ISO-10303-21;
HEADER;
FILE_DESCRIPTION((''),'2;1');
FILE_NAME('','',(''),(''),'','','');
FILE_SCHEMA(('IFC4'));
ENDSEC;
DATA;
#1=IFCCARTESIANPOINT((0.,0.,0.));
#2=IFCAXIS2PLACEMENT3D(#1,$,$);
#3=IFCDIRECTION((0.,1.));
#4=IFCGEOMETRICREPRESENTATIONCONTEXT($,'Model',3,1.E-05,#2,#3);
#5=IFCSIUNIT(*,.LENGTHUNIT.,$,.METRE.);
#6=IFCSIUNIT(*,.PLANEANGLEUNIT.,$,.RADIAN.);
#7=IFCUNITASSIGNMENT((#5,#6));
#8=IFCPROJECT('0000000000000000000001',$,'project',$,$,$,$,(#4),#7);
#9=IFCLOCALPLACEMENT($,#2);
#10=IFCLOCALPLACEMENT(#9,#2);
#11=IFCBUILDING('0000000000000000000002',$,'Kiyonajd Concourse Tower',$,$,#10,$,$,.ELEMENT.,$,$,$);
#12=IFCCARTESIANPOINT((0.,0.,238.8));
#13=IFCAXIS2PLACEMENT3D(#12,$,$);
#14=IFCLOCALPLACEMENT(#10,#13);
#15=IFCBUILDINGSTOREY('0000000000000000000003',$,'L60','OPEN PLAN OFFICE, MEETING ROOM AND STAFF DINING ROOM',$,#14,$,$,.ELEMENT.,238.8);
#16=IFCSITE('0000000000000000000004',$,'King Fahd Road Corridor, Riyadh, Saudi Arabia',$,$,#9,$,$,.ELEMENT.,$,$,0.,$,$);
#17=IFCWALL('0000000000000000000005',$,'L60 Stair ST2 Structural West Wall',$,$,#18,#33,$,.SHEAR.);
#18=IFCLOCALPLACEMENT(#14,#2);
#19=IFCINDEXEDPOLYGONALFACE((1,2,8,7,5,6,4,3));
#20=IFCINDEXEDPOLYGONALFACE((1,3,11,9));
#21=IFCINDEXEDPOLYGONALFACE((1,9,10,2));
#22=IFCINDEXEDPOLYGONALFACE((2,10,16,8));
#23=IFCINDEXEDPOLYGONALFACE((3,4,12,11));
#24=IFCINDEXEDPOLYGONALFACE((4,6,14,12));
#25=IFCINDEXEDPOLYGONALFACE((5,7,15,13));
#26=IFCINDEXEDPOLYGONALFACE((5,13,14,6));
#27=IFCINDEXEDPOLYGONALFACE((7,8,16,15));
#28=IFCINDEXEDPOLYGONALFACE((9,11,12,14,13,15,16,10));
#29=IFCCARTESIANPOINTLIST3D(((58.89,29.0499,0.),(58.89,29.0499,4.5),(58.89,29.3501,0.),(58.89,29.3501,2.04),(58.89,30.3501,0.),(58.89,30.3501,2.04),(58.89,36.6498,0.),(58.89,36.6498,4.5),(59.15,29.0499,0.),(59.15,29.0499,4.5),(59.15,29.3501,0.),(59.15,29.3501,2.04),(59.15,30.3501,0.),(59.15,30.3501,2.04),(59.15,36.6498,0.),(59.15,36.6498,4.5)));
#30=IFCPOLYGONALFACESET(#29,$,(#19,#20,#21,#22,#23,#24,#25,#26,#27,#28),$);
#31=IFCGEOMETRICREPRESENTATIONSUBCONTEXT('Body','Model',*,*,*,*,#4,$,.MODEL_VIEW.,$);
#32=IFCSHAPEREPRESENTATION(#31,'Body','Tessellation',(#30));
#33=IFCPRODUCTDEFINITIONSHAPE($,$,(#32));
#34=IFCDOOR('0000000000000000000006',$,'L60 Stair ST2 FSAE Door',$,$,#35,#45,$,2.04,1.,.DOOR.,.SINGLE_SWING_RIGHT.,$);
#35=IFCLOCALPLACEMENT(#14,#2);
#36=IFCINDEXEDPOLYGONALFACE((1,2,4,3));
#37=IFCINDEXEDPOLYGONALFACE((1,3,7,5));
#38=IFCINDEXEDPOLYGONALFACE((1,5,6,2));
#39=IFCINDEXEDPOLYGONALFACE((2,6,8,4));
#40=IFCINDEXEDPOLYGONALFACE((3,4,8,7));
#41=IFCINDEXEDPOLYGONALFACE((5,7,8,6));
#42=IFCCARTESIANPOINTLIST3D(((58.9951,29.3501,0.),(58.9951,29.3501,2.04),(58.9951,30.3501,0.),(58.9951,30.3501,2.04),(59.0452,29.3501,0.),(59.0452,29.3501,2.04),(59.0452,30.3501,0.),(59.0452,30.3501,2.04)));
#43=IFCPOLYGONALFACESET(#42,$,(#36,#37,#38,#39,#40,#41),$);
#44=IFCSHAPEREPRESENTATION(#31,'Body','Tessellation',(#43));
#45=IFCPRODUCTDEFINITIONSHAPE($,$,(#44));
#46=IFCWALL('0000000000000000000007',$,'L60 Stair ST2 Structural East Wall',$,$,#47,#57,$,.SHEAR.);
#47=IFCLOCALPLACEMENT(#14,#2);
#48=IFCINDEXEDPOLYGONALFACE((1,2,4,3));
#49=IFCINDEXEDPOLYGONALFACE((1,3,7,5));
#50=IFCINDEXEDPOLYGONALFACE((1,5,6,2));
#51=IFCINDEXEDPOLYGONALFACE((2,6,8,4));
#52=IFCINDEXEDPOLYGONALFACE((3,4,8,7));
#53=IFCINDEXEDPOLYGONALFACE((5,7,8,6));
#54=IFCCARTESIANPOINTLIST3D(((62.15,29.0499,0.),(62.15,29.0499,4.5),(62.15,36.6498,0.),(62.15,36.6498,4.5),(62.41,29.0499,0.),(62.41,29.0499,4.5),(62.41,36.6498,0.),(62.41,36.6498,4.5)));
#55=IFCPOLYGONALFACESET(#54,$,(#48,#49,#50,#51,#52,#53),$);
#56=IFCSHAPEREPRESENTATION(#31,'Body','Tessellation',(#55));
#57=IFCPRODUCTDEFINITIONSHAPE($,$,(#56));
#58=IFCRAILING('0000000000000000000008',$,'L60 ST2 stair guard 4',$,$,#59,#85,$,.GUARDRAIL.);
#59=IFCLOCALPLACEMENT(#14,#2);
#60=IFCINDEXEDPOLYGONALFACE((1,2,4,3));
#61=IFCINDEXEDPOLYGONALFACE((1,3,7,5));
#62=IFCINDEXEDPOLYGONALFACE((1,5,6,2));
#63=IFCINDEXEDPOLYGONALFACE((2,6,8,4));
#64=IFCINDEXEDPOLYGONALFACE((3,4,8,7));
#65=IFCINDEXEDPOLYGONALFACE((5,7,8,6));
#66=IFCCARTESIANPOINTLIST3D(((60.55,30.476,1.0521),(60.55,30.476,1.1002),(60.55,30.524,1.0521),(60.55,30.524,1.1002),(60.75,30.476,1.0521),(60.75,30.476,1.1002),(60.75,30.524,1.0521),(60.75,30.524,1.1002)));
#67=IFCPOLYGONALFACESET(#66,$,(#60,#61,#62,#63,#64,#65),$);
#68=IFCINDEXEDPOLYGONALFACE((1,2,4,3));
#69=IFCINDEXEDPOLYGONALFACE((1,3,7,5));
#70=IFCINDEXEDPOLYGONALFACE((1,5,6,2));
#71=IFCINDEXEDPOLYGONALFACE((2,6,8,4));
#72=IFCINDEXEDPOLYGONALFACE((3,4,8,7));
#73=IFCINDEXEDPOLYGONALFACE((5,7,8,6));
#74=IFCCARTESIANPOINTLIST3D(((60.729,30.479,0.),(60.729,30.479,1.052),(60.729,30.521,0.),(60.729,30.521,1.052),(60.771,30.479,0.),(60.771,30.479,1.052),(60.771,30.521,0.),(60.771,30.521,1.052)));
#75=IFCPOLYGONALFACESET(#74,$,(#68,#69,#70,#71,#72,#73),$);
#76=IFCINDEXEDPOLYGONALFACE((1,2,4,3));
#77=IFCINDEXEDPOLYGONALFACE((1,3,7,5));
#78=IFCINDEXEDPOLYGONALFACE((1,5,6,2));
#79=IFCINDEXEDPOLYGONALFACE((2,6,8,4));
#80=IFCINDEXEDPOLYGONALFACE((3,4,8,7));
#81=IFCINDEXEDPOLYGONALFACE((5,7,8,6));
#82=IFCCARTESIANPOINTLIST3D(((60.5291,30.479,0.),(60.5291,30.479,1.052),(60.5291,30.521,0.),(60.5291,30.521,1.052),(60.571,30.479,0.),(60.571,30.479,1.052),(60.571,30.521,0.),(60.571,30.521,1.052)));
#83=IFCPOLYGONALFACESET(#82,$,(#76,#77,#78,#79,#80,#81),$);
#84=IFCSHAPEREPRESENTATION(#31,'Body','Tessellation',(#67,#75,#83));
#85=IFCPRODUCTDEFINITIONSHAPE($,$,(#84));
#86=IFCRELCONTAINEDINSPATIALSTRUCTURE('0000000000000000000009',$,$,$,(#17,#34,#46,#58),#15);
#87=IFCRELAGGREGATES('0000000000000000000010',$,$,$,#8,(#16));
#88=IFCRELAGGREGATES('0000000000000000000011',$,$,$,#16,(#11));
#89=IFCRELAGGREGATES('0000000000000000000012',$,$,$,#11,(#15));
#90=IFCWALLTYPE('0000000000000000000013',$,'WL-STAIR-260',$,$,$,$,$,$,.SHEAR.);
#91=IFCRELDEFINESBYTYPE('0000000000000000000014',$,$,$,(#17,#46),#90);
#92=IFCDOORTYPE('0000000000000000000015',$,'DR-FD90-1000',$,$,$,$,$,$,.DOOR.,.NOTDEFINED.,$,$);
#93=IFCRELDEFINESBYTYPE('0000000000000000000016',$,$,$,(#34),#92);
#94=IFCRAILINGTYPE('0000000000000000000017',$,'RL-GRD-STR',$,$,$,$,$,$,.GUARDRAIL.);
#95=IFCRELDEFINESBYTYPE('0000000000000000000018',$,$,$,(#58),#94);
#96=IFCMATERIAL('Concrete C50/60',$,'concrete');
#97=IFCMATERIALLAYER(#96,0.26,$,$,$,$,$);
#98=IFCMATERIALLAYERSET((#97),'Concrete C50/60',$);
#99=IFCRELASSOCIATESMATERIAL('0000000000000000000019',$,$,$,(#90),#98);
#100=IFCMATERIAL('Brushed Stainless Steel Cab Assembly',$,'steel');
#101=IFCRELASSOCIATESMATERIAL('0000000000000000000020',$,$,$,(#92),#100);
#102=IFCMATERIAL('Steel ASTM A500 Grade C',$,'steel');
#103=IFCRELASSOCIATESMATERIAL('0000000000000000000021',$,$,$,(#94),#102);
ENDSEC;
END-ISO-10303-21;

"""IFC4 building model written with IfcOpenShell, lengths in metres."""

from ifc_helpers import new_model, si_unit, direction, frame, frame_2d, origin, origin_2d, place, context, subcontext, project, spatial, rectangle, extrude, material, layer, layer_set, type_object, element, fill, save


model = new_model("IFC4")

# Units and contexts
model_context = context("Model", 3, precision=1e-05, world=origin(), true_north=direction((0.0, 1.0)))
body_context = subcontext(model_context, "Body", "Model", "MODEL_VIEW")
ifc_project = project(units=[si_unit("LENGTHUNIT", "METRE"), si_unit("PLANEANGLEUNIT", "RADIAN")], contexts=[model_context])

# Site, building, storey
site_placement = place(None, origin())
site = spatial("IfcSite", under=ifc_project, at=site_placement, Name="King Fahd Road Corridor, Riyadh, Saudi Arabia", CompositionType="ELEMENT", RefElevation=0.0)
building_placement = place(site_placement, origin())
building = spatial("IfcBuilding", under=site, at=building_placement, Name="Kiyonajd Concourse Tower", CompositionType="ELEMENT")
storey_placement = place(building_placement, frame((0.0, 0.0, 238.8)))
storey = spatial("IfcBuildingStorey", under=building, at=storey_placement, Name="L60", Description="OPEN PLAN OFFICE, MEETING ROOM AND STAFF DINING ROOM", CompositionType="ELEMENT", Elevation=238.8)

# Shared definitions
ifc_material_1 = material(Name="Concrete C50/60", Category="concrete")

# Shared definitions
ifc_layer_1 = layer(ifc_material_1, 0.26)
ifc_layer_set_1 = layer_set([ifc_layer_1], Name="Concrete C50/60")
wall_type_1 = type_object("IfcWallType", Name="WL-STAIR-260", PredefinedType="SHEAR", material=ifc_layer_set_1)

# Wall, opening, door
wall_1_placement = place(storey_placement, frame((59.02, 29.05, 0.0), z_axis=(0.0, 0.0, 1.0), x_axis=(0.0, 1.0, 0.0)))
wall_1 = element("IfcWall", 1, at=wall_1_placement, inside=storey, type_object=wall_type_1, Name="L60 Stair ST2 Structural West Wall", PredefinedType="SHEAR", context=body_context, shape_type="SweptSolid", body=[
    extrude(rectangle(XDim=7.5999, YDim=0.26, at=frame_2d((3.7998, 0.0))), origin(), (0.0, 0.0, 1.0), 4.5),
])
opening_1_placement = place(wall_1_placement, frame((0.3, 0.0, 0.0)))
opening_1 = element("IfcOpeningElement", 2, at=opening_1_placement, cuts=wall_1, PredefinedType="OPENING", context=body_context, shape_type="SweptSolid", body=[
    extrude(rectangle(XDim=1.0, YDim=2.04, at=frame_2d((0.5, 1.02))), frame((0.0, 0.1399, 0.0), z_axis=(0.0, -1.0, 0.0), x_axis=(1.0, 0.0, 0.0)), (0.0, 0.0, 1.0), 0.28),
])
ifc_material_2 = material(Name="Brushed Stainless Steel Cab Assembly", Category="steel")
door_type = type_object("IfcDoorType", Name="DR-FD90-1000", OperationType="NOTDEFINED", PredefinedType="DOOR", material=ifc_material_2)
door_placement = place(opening_1_placement, origin())
door = element("IfcDoor", 3, at=door_placement, inside=storey, type_object=door_type, Name="L60 Stair ST2 FSAE Door", OperationType="SINGLE_SWING_RIGHT", OverallHeight=2.04, OverallWidth=1.0, PredefinedType="DOOR", context=body_context, shape_type="SweptSolid", body=[
    extrude(rectangle(XDim=1.0, YDim=2.04, at=frame_2d((0.5, 1.02))), frame((0.0, 0.0249, 0.0), z_axis=(0.0, -1.0, 0.0), x_axis=(1.0, 0.0, 0.0)), (0.0, 0.0, 1.0), 0.05),
])
fill(opening_1, door)

# Wall
wall_2_placement = place(storey_placement, frame((62.28, 29.05, 0.0), z_axis=(0.0, 0.0, 1.0), x_axis=(0.0, 1.0, 0.0)))
element("IfcWall", 4, at=wall_2_placement, inside=storey, type_object=wall_type_1, Name="L60 Stair ST2 Structural East Wall", PredefinedType="SHEAR", context=body_context, shape_type="SweptSolid", body=[
    extrude(rectangle(XDim=7.5999, YDim=0.26, at=frame_2d((3.7998, 0.0))), origin(), (0.0, 0.0, 1.0), 4.5),
])

# Railing
ifc_material_3 = material(Name="Steel ASTM A500 Grade C", Category="steel")
railing_type = type_object("IfcRailingType", Name="RL-GRD-STR", PredefinedType="GUARDRAIL", material=ifc_material_3)
railing_placement = place(storey_placement, frame((60.75, 30.5, 0.0)))
element("IfcRailing", 5, at=railing_placement, inside=storey, type_object=railing_type, Name="L60 ST2 stair guard 4", PredefinedType="GUARDRAIL", context=body_context, shape_type="SweptSolid", body=[
    extrude(rectangle(XDim=0.0481, YDim=0.0481, at=origin_2d()), frame((0.0, 0.0, 1.0762), z_axis=(-1.0, 0.0, 0.0), x_axis=(0.0, -1.0, 0.0)), (0.0, 0.0, 1.0), 0.2),
    extrude(rectangle(XDim=0.042, YDim=0.042, at=origin_2d()), origin(), (0.0, 0.0, 1.0), 1.052),
    extrude(rectangle(XDim=0.042, YDim=0.042, at=origin_2d()), frame((-0.2, 0.0, 0.0)), (0.0, 0.0, 1.0), 1.052),
])

save(model, "model.ifc")
